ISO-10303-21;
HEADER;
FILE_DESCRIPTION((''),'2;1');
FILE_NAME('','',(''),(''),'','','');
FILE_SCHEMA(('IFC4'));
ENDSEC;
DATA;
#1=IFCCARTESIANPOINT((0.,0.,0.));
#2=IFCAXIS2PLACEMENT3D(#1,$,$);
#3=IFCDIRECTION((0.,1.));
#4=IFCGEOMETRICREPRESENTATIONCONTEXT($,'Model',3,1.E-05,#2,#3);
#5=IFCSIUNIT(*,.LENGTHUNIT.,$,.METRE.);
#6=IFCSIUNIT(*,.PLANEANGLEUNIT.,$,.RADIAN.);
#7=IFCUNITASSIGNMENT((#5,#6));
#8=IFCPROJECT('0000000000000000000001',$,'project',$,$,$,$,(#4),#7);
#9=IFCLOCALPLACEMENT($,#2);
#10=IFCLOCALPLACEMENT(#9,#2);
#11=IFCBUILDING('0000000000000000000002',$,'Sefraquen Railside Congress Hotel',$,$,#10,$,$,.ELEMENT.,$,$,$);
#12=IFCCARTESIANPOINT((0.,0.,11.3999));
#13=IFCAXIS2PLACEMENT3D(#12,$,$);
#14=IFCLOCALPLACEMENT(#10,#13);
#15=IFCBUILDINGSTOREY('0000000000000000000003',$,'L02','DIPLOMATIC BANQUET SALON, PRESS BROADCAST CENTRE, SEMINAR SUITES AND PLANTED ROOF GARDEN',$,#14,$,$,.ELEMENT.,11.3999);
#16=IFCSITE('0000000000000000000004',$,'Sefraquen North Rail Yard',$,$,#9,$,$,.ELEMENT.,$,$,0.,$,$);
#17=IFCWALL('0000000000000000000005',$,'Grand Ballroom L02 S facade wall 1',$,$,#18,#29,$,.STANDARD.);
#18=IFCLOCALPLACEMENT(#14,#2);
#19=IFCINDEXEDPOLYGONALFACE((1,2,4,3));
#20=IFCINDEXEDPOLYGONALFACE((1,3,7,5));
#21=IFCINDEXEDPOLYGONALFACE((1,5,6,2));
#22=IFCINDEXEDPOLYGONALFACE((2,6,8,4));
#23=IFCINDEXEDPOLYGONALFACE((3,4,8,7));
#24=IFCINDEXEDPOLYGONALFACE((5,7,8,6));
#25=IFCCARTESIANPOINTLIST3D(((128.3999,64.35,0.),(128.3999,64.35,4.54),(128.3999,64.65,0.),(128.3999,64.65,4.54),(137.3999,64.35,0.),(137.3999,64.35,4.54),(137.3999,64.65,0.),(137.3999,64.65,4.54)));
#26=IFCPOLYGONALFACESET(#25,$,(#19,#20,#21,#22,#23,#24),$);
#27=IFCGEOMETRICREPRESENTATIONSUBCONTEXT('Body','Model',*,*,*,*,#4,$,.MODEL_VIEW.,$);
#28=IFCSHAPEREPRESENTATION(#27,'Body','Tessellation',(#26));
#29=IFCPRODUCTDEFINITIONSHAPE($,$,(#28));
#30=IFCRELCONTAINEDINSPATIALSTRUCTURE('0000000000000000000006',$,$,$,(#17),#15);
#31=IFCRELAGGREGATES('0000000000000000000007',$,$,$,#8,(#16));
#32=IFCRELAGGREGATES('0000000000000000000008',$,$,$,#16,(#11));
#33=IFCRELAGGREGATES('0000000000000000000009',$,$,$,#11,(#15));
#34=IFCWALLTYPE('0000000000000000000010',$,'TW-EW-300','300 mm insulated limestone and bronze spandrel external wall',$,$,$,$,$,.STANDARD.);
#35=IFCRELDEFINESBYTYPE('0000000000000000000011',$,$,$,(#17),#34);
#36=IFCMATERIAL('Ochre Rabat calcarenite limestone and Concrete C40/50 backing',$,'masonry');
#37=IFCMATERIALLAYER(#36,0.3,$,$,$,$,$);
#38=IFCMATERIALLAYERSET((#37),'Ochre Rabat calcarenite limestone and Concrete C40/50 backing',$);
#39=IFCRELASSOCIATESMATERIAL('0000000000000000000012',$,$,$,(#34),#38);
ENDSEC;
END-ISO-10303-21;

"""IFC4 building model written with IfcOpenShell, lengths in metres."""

from ifc_helpers import new_model, si_unit, direction, frame, frame_2d, origin, place, context, subcontext, project, spatial, rectangle, extrude, material, layer, layer_set, type_object, element, save


model = new_model("IFC4")

# Units and contexts
model_context = context("Model", 3, precision=1e-05, world=origin(), true_north=direction((0.0, 1.0)))
body_context = subcontext(model_context, "Body", "Model", "MODEL_VIEW")
ifc_project = project(units=[si_unit("LENGTHUNIT", "METRE"), si_unit("PLANEANGLEUNIT", "RADIAN")], contexts=[model_context])

# Site, building, storey
site_placement = place(None, origin())
site = spatial("IfcSite", under=ifc_project, at=site_placement, Name="Sefraquen North Rail Yard", CompositionType="ELEMENT", RefElevation=0.0)
building_placement = place(site_placement, origin())
building = spatial("IfcBuilding", under=site, at=building_placement, Name="Sefraquen Railside Congress Hotel", CompositionType="ELEMENT")
storey_placement = place(building_placement, frame((0.0, 0.0, 11.3999)))
storey = spatial("IfcBuildingStorey", under=building, at=storey_placement, Name="L02", Description="DIPLOMATIC BANQUET SALON, PRESS BROADCAST CENTRE, SEMINAR SUITES AND PLANTED ROOF GARDEN", CompositionType="ELEMENT", Elevation=11.3999)

# Wall
ifc_material_1 = material(Name="Ochre Rabat calcarenite limestone and Concrete C40/50 backing", Category="masonry")
ifc_layer_1 = layer(ifc_material_1, 0.3)
ifc_layer_set_1 = layer_set([ifc_layer_1], Name="Ochre Rabat calcarenite limestone and Concrete C40/50 backing")
wall_type_1 = type_object("IfcWallType", Name="TW-EW-300", Description="300 mm insulated limestone and bronze spandrel external wall", PredefinedType="STANDARD", material=ifc_layer_set_1)
wall_1_placement = place(storey_placement, frame((128.3999, 64.5, 0.0), z_axis=(0.0, 0.0, 1.0), x_axis=(1.0, 0.0, 0.0)))
element("IfcWall", 1, at=wall_1_placement, inside=storey, type_object=wall_type_1, Name="Grand Ballroom L02 S facade wall 1", PredefinedType="STANDARD", context=body_context, shape_type="SweptSolid", body=[
    extrude(rectangle(XDim=9.0, YDim=0.3, at=frame_2d((4.5, 0.0))), origin(), (0.0, 0.0, 1.0), 4.54),
])

save(model, "model.ifc")
